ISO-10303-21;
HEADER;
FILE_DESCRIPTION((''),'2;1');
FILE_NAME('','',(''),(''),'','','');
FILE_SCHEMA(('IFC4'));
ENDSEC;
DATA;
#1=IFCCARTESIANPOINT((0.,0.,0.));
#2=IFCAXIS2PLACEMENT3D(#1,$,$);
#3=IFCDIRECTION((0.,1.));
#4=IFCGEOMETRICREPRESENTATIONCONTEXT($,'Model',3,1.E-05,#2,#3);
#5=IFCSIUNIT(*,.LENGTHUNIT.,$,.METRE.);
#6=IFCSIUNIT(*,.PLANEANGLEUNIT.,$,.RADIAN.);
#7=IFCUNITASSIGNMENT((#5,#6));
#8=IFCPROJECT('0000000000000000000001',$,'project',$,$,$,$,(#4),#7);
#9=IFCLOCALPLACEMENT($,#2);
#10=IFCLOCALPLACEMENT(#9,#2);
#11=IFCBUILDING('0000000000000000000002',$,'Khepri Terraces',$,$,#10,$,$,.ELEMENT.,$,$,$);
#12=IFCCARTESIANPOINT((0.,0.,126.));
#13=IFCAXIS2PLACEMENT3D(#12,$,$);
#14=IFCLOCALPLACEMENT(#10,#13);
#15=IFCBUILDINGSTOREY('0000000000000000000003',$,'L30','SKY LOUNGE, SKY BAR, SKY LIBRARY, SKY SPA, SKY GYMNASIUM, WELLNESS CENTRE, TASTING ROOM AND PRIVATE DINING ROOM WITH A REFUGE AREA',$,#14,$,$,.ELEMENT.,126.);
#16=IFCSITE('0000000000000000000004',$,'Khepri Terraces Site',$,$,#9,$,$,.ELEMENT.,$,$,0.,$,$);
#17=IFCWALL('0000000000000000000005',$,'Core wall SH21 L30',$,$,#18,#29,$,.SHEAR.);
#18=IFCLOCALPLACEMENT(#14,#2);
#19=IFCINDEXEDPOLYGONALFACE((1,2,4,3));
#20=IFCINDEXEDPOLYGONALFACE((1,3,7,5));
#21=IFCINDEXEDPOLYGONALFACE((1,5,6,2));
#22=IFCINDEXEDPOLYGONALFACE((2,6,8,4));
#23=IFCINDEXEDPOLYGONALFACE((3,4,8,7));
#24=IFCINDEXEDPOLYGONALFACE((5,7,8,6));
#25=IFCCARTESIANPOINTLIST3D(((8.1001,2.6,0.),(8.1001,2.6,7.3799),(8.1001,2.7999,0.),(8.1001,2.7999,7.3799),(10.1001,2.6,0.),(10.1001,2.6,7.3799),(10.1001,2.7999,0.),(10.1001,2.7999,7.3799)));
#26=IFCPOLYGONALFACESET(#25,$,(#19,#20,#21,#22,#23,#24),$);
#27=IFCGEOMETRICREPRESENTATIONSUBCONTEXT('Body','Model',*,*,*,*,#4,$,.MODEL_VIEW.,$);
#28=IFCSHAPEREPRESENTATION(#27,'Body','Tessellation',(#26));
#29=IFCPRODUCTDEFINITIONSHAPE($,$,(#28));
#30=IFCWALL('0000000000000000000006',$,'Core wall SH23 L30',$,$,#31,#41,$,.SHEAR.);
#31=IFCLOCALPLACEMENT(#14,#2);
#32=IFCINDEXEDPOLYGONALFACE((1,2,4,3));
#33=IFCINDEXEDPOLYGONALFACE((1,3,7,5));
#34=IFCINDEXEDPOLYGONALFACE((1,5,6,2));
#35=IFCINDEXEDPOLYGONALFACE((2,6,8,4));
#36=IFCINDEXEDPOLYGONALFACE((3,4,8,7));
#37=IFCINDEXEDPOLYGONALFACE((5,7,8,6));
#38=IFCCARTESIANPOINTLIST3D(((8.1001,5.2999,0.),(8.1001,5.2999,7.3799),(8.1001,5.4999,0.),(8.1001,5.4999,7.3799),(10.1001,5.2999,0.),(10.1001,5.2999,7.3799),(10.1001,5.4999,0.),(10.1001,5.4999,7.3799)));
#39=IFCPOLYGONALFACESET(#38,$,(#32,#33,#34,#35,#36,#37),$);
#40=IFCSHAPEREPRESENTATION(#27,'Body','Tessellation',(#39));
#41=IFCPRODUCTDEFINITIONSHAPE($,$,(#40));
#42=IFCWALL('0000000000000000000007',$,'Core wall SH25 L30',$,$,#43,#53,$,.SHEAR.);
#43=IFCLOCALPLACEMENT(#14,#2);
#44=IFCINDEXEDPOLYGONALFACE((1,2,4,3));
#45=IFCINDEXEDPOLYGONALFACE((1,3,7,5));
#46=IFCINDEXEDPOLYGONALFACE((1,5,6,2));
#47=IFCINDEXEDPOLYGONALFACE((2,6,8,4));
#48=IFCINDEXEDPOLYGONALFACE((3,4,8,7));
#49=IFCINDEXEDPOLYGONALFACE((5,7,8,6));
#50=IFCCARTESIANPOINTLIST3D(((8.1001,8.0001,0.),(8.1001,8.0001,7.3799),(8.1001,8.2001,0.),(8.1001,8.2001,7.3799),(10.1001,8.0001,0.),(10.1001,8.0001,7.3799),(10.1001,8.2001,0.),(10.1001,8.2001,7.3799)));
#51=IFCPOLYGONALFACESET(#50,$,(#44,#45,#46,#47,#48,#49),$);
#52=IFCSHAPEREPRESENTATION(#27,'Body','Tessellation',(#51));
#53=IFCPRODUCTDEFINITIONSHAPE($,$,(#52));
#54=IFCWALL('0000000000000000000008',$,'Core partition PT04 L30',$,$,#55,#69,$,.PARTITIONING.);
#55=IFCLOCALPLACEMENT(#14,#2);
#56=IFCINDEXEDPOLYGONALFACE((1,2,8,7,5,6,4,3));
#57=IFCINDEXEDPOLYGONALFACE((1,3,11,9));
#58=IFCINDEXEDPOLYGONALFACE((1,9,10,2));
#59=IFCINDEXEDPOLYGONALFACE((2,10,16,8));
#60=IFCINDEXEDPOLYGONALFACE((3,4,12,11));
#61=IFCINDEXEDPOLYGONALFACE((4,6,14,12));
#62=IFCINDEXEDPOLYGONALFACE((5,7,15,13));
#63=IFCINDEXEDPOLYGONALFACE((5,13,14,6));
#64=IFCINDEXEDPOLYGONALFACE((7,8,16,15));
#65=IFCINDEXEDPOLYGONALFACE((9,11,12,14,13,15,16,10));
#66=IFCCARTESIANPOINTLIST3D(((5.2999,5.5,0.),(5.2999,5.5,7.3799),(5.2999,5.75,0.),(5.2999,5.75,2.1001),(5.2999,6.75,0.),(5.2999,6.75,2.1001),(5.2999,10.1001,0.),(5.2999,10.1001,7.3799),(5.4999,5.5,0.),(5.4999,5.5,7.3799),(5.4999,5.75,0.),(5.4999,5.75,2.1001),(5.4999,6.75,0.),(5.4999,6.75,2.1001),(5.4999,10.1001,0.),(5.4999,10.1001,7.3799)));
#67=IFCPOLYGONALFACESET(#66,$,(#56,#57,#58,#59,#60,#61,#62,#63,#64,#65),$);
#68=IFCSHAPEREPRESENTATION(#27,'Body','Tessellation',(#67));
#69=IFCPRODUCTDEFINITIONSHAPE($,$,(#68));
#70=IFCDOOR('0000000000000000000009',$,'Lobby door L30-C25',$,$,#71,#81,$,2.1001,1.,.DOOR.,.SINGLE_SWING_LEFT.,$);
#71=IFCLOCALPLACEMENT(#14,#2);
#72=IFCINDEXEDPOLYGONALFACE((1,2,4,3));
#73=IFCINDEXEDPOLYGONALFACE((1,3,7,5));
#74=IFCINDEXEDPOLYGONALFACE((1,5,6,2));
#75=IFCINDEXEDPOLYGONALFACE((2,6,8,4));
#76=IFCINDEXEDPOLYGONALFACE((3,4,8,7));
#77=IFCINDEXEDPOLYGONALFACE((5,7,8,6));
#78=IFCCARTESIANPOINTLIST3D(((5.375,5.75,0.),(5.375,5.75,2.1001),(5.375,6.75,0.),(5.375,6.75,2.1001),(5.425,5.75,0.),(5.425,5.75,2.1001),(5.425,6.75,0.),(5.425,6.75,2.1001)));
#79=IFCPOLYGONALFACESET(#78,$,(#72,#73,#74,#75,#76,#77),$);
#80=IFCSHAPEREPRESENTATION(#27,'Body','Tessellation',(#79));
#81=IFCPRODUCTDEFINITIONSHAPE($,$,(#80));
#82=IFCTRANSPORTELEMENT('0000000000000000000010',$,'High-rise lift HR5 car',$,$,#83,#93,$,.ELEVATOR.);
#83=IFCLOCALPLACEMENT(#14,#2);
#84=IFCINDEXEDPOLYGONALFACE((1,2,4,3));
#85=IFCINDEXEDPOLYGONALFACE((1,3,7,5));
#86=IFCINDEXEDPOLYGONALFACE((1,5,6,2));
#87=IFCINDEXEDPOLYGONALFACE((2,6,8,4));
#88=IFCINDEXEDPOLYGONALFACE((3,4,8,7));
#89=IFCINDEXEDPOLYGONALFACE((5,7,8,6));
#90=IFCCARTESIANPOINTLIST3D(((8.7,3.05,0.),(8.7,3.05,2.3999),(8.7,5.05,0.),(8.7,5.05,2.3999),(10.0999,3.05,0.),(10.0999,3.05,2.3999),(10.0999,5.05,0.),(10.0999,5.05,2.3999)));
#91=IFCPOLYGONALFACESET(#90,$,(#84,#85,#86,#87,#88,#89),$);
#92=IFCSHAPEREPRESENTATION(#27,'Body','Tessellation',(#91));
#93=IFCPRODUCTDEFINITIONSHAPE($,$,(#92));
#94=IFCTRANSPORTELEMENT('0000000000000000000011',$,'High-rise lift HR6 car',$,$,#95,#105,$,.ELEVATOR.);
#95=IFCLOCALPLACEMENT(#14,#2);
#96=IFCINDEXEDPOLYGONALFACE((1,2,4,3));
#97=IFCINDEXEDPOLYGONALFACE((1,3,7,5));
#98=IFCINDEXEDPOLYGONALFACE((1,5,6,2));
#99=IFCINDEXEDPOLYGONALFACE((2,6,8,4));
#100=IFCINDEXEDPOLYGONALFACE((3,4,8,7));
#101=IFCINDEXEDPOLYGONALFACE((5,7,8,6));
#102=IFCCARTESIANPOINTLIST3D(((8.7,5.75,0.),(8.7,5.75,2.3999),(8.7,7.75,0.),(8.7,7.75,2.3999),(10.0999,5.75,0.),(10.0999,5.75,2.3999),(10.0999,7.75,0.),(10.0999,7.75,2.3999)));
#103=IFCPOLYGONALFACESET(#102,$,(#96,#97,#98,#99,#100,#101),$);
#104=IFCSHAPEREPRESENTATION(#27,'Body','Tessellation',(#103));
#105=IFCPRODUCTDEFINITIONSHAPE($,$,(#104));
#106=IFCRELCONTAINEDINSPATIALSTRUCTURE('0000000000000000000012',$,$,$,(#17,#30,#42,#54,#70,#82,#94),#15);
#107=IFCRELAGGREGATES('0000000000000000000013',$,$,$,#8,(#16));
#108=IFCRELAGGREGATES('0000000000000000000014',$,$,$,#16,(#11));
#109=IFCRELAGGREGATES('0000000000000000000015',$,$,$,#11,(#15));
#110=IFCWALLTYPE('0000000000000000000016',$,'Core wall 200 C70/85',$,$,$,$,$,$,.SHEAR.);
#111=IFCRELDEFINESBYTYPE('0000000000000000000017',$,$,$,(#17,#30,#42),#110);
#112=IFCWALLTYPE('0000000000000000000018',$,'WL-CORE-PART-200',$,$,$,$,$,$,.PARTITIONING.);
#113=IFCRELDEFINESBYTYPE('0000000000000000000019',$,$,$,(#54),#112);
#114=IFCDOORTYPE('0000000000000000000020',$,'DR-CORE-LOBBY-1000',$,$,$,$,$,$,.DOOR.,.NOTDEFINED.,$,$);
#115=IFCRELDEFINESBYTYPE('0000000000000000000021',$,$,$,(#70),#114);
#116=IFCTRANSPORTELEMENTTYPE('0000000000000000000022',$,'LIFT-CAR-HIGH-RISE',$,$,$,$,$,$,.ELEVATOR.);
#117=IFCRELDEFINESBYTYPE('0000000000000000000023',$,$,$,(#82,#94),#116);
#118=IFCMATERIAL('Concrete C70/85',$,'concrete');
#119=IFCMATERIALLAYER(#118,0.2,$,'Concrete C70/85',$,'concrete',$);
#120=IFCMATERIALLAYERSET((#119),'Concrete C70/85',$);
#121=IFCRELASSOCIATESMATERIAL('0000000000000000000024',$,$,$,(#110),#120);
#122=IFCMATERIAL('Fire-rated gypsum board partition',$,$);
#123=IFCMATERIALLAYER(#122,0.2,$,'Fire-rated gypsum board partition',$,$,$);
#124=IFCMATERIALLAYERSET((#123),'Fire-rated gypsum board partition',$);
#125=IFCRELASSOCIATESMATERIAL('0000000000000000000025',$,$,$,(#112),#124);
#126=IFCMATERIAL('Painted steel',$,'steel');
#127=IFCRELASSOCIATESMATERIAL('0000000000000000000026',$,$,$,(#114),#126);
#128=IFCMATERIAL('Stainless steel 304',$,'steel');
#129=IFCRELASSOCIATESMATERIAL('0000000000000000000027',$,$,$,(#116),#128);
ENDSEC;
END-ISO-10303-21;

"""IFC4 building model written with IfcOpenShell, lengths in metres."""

from ifc_helpers import new_model, si_unit, direction, frame, frame_2d, origin, origin_2d, place, context, subcontext, project, spatial, rectangle, extrude, material, layer, layer_set, type_object, element, fill, save


model = new_model("IFC4")

# Units and contexts
model_context = context("Model", 3, precision=1e-05, world=origin(), true_north=direction((0.0, 1.0)))
body_context = subcontext(model_context, "Body", "Model", "MODEL_VIEW")
ifc_project = project(units=[si_unit("LENGTHUNIT", "METRE"), si_unit("PLANEANGLEUNIT", "RADIAN")], contexts=[model_context])

# Site, building, storey
site_placement = place(None, origin())
site = spatial("IfcSite", under=ifc_project, at=site_placement, Name="Khepri Terraces Site", CompositionType="ELEMENT", RefElevation=0.0)
building_placement = place(site_placement, origin())
building = spatial("IfcBuilding", under=site, at=building_placement, Name="Khepri Terraces", CompositionType="ELEMENT")
storey_placement = place(building_placement, frame((0.0, 0.0, 126.0)))
storey = spatial("IfcBuildingStorey", under=building, at=storey_placement, Name="L30", Description="SKY LOUNGE, SKY BAR, SKY LIBRARY, SKY SPA, SKY GYMNASIUM, WELLNESS CENTRE, TASTING ROOM AND PRIVATE DINING ROOM WITH A REFUGE AREA", CompositionType="ELEMENT", Elevation=126.0)

# Shared definitions
ifc_material_1 = material(Name="Concrete C70/85", Category="concrete")

# Shared definitions
ifc_layer_1 = layer(ifc_material_1, 0.2, Name="Concrete C70/85", Category="concrete")
ifc_layer_set_1 = layer_set([ifc_layer_1], Name="Concrete C70/85")
wall_type_1 = type_object("IfcWallType", Name="Core wall 200 C70/85", PredefinedType="SHEAR", material=ifc_layer_set_1)
ifc_material_2 = material(Name="Painted steel", Category="steel")

# Shared definitions
ifc_material_3 = material(Name="Stainless steel 304", Category="steel")

# Walls
for number, where, z_axis, x_axis, name in (
    (1, (8.1001, 2.7, 0.0), (0.0, 0.0, 1.0), (1.0, 0.0, 0.0), "Core wall SH21 L30"),
    (2, (8.1001, 5.3999, 0.0), (0.0, 0.0, 1.0), (1.0, 0.0, 0.0), "Core wall SH23 L30"),
    (3, (8.1001, 8.1001, 0.0), (0.0, 0.0, 1.0), (1.0, 0.0, 0.0), "Core wall SH25 L30"),
):
    element("IfcWall", number, at=place(storey_placement, frame(where, z_axis=z_axis, x_axis=x_axis)), inside=storey, type_object=wall_type_1, Name=name, PredefinedType="SHEAR", context=body_context, shape_type="SweptSolid", body=[
        extrude(rectangle(XDim=2.0, YDim=0.2, at=frame_2d((1.0, 0.0))), origin(), (0.0, 0.0, 1.0), 7.3799),
    ])

# Wall, opening, door
ifc_material_4 = material(Name="Fire-rated gypsum board partition")
ifc_layer_2 = layer(ifc_material_4, 0.2, Name="Fire-rated gypsum board partition")
ifc_layer_set_2 = layer_set([ifc_layer_2], Name="Fire-rated gypsum board partition")
wall_type_2 = type_object("IfcWallType", Name="WL-CORE-PART-200", PredefinedType="PARTITIONING", material=ifc_layer_set_2)
wall_1_placement = place(storey_placement, frame((5.3999, 5.5, 0.0), z_axis=(0.0, 0.0, 1.0), x_axis=(0.0, 1.0, 0.0)))
wall_1 = element("IfcWall", 4, at=wall_1_placement, inside=storey, type_object=wall_type_2, Name="Core partition PT04 L30", PredefinedType="PARTITIONING", context=body_context, shape_type="SweptSolid", body=[
    extrude(rectangle(XDim=4.6001, YDim=0.2, at=frame_2d((2.3, 0.0))), origin(), (0.0, 0.0, 1.0), 7.3799),
])
opening_1_placement = place(wall_1_placement, frame((0.25, 0.0, 0.0)))
opening_1 = element("IfcOpeningElement", 5, at=opening_1_placement, cuts=wall_1, PredefinedType="OPENING", context=body_context, shape_type="SweptSolid", body=[
    extrude(rectangle(XDim=1.0, YDim=2.1001, at=frame_2d((0.5, 1.05))), frame((0.0, 0.1099, 0.0), z_axis=(0.0, -1.0, 0.0), x_axis=(1.0, 0.0, 0.0)), (0.0, 0.0, 1.0), 0.22),
])
door_type_1 = type_object("IfcDoorType", Name="DR-CORE-LOBBY-1000", OperationType="NOTDEFINED", PredefinedType="DOOR", material=ifc_material_2)
door_1_placement = place(opening_1_placement, origin())
door_1 = element("IfcDoor", 6, at=door_1_placement, inside=storey, type_object=door_type_1, Name="Lobby door L30-C25", OperationType="SINGLE_SWING_LEFT", OverallHeight=2.1001, OverallWidth=1.0, PredefinedType="DOOR", context=body_context, shape_type="SweptSolid", body=[
    extrude(rectangle(XDim=1.0, YDim=2.1001, at=frame_2d((0.5, 1.05))), frame((0.0, 0.0249, 0.0), z_axis=(0.0, -1.0, 0.0), x_axis=(1.0, 0.0, 0.0)), (0.0, 0.0, 1.0), 0.05),
])
fill(opening_1, door_1)

# Transport elements
transport_element_type = type_object("IfcTransportElementType", Name="LIFT-CAR-HIGH-RISE", PredefinedType="ELEVATOR", material=ifc_material_3)
for number, where, z_axis, x_axis, name in (
    (7, (9.3999, 4.05, 0.0), (0.0, 0.0, 1.0), (1.0, 0.0, 0.0), "High-rise lift HR5 car"),
    (8, (9.3999, 6.75, 0.0), (0.0, 0.0, 1.0), (1.0, 0.0, 0.0), "High-rise lift HR6 car"),
):
    element("IfcTransportElement", number, at=place(storey_placement, frame(where, z_axis=z_axis, x_axis=x_axis)), inside=storey, type_object=transport_element_type, Name=name, PredefinedType="ELEVATOR", context=body_context, shape_type="SweptSolid", body=[
        extrude(rectangle(XDim=1.3999, YDim=2.0, at=origin_2d()), origin(), (0.0, 0.0, 1.0), 2.3999),
    ])

save(model, "model.ifc")
